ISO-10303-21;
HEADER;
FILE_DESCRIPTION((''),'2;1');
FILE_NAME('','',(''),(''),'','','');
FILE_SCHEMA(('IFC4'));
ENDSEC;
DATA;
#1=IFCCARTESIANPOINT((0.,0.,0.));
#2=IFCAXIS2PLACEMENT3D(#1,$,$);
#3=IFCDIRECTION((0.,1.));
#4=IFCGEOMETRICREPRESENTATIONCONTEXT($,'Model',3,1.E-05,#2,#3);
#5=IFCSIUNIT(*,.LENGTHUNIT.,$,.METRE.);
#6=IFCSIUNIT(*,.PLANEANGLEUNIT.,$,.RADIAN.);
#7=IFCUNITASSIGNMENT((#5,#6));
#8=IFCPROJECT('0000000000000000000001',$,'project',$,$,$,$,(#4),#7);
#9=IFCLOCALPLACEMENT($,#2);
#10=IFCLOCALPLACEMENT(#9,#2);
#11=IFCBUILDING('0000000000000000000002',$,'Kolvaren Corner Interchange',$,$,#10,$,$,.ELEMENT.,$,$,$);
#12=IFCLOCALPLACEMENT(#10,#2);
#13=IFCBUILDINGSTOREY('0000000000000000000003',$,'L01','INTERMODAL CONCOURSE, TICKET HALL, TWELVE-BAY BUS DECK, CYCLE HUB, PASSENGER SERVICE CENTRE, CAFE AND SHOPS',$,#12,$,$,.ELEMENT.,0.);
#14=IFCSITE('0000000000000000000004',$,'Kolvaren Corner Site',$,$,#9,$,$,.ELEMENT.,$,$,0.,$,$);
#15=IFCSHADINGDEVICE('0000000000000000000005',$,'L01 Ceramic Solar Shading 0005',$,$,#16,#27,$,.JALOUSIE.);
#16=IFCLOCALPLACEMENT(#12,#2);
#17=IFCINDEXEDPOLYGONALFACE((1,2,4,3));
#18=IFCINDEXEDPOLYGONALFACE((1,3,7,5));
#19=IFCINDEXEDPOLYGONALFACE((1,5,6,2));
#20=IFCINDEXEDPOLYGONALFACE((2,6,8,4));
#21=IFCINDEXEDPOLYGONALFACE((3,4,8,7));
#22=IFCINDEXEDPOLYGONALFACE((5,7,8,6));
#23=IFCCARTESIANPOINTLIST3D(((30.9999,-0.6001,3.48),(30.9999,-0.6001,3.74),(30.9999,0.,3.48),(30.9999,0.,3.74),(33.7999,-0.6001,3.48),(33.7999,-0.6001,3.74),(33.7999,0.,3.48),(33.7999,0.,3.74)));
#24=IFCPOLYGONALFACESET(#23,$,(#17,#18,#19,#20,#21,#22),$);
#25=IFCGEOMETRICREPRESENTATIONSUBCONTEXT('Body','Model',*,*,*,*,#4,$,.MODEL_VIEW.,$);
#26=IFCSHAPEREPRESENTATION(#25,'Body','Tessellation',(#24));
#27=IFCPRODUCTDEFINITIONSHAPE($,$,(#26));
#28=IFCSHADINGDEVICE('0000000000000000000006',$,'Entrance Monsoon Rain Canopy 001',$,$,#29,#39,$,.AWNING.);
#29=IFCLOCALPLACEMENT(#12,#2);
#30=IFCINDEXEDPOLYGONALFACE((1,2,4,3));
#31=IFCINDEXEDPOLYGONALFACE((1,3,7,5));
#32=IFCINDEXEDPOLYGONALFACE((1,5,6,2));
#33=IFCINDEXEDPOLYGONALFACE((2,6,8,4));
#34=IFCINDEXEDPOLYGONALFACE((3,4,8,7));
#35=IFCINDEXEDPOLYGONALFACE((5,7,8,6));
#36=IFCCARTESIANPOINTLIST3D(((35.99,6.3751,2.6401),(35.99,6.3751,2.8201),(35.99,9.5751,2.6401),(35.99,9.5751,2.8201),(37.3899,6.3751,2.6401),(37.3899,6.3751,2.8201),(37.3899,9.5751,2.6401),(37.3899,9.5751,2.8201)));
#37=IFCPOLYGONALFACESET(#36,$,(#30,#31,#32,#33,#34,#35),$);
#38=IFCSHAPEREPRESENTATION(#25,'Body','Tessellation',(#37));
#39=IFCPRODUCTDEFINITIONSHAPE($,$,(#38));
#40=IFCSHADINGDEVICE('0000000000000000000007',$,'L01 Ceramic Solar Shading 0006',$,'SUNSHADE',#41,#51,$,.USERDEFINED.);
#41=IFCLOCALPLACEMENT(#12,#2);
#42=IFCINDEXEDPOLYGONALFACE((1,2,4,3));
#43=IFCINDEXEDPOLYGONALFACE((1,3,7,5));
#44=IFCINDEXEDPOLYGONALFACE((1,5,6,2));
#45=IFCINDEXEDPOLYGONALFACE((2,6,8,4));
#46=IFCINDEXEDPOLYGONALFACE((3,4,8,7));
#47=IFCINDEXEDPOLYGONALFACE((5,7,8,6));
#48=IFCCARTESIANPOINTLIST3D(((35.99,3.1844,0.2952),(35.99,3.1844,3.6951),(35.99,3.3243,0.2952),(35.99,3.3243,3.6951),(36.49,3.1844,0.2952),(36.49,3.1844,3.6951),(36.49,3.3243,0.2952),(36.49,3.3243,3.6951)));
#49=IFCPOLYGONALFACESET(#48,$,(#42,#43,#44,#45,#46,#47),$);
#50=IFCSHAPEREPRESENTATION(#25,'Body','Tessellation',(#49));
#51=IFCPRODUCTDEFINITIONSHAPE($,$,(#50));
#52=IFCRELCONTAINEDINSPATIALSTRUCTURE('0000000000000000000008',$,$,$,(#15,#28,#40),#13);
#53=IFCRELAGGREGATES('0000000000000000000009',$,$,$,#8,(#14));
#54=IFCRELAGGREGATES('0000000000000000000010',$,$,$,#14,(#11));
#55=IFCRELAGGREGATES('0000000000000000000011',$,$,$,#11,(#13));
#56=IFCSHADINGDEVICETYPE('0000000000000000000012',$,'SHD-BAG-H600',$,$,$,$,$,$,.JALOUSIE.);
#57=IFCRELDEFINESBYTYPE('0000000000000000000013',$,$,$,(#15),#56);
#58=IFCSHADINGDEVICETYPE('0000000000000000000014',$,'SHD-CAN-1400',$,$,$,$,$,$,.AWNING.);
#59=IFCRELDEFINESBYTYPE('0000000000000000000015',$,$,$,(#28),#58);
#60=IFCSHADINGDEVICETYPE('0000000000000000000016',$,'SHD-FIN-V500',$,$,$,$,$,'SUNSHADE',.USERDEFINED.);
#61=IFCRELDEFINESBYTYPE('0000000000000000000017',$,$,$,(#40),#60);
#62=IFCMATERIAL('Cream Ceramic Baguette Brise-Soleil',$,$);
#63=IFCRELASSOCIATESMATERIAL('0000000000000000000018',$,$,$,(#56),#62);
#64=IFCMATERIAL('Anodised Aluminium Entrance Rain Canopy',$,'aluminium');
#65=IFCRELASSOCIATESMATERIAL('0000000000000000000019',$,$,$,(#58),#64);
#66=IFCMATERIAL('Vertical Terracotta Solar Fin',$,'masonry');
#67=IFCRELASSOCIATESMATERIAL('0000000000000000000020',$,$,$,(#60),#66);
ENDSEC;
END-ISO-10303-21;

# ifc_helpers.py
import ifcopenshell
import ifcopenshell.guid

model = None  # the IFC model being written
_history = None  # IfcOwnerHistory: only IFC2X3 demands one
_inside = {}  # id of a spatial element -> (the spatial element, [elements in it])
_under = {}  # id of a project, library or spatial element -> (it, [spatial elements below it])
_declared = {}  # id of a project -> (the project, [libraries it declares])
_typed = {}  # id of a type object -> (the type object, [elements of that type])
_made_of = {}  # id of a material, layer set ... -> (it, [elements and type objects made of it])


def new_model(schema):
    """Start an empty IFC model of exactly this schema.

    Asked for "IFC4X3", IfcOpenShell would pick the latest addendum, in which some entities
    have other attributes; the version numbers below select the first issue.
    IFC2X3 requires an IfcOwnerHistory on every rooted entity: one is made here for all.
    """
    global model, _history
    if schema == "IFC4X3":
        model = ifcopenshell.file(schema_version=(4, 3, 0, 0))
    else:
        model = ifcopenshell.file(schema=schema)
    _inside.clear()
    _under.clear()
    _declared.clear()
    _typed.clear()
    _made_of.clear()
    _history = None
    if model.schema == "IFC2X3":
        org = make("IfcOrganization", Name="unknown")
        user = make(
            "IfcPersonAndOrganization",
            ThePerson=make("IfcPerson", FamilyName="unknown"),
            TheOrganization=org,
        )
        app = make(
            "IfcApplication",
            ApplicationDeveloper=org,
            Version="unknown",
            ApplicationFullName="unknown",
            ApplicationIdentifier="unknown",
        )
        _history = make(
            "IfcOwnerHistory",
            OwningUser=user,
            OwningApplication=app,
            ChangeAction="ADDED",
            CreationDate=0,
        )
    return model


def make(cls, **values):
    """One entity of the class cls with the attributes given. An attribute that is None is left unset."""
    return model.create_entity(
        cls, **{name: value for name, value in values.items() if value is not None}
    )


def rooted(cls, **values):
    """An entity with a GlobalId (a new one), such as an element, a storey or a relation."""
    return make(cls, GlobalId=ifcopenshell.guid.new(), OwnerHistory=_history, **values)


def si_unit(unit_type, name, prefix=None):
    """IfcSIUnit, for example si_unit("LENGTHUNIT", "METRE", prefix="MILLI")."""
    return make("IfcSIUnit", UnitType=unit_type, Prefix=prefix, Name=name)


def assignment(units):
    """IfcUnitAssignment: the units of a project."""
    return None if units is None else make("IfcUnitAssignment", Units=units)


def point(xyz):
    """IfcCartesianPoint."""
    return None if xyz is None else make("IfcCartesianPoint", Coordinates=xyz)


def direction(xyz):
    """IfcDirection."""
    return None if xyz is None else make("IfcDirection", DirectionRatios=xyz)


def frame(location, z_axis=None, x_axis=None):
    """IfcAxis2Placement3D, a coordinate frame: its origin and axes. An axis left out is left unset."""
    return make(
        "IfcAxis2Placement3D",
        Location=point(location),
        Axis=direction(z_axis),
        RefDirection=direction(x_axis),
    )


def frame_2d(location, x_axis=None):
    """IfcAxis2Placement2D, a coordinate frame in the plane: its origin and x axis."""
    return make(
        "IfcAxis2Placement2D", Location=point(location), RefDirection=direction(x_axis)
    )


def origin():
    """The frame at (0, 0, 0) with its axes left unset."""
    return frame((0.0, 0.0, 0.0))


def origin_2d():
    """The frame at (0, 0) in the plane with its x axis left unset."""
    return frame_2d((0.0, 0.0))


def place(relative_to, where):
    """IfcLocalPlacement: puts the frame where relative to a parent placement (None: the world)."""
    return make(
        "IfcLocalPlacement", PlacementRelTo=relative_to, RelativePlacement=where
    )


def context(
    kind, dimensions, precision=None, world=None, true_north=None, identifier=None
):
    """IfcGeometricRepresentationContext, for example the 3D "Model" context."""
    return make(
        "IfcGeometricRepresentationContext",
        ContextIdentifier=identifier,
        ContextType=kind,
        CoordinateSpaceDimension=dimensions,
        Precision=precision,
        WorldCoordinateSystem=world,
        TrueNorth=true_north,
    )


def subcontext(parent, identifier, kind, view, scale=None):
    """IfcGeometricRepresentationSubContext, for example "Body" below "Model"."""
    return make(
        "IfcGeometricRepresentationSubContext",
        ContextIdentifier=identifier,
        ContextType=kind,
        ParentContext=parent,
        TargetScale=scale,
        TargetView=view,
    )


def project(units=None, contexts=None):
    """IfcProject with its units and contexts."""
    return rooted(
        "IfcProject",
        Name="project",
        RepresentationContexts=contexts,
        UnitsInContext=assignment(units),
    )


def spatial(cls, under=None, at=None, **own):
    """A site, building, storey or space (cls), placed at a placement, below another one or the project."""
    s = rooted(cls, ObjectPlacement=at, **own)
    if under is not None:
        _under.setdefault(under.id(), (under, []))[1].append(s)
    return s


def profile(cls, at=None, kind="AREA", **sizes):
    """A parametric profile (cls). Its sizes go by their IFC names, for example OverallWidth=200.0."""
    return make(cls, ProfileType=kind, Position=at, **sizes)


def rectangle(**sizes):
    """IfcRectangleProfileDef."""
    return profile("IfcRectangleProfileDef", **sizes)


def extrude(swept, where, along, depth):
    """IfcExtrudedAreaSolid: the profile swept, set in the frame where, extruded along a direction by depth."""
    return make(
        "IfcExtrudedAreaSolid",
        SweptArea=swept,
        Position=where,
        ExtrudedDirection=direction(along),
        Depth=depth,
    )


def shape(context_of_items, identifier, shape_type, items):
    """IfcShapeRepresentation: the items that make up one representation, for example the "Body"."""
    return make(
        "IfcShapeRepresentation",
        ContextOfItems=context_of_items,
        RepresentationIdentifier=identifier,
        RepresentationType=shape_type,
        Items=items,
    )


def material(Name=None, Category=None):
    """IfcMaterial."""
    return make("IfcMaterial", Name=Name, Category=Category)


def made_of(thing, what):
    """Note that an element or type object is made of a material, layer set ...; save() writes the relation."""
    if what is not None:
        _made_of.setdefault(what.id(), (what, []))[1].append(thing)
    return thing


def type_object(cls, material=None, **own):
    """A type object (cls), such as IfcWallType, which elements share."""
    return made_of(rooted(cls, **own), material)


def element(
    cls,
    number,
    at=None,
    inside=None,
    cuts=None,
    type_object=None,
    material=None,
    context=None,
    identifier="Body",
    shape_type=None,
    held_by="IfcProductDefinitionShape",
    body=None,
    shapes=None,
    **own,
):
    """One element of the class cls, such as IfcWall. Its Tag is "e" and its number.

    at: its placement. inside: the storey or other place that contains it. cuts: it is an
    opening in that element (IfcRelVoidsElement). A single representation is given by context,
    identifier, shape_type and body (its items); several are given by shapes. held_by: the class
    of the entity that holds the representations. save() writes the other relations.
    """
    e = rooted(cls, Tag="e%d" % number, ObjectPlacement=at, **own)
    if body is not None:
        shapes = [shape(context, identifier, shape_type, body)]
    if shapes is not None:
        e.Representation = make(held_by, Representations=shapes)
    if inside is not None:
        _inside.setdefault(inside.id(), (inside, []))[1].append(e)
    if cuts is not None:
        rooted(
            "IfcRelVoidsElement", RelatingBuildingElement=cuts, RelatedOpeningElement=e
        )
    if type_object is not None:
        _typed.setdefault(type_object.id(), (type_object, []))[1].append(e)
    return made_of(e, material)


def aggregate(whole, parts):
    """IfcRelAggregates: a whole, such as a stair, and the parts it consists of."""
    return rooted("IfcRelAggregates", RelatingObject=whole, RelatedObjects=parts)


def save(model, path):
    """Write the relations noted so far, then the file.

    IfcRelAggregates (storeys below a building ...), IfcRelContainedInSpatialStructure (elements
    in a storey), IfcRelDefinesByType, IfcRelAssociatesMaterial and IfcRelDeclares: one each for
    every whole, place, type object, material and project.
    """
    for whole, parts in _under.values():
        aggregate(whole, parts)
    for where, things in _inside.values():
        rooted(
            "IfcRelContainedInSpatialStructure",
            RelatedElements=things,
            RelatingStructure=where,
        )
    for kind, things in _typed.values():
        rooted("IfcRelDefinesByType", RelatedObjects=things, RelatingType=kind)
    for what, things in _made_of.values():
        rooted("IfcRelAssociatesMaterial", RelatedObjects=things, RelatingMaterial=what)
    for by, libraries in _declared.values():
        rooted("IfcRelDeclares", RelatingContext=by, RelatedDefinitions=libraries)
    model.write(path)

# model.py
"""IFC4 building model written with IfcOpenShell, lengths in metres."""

from ifc_helpers import new_model, si_unit, direction, frame, origin, origin_2d, place, context, subcontext, project, spatial, rectangle, extrude, material, type_object, element, save


model = new_model("IFC4")

# Units and contexts
model_context = context("Model", 3, precision=1e-05, world=origin(), true_north=direction((0.0, 1.0)))
body_context = subcontext(model_context, "Body", "Model", "MODEL_VIEW")
ifc_project = project(units=[si_unit("LENGTHUNIT", "METRE"), si_unit("PLANEANGLEUNIT", "RADIAN")], contexts=[model_context])

# Site, building, storey
site_placement = place(None, origin())
site = spatial("IfcSite", under=ifc_project, at=site_placement, Name="Kolvaren Corner Site", CompositionType="ELEMENT", RefElevation=0.0)
building_placement = place(site_placement, origin())
building = spatial("IfcBuilding", under=site, at=building_placement, Name="Kolvaren Corner Interchange", CompositionType="ELEMENT")
storey_placement = place(building_placement, origin())
storey = spatial("IfcBuildingStorey", under=building, at=storey_placement, Name="L01", Description="INTERMODAL CONCOURSE, TICKET HALL, TWELVE-BAY BUS DECK, CYCLE HUB, PASSENGER SERVICE CENTRE, CAFE AND SHOPS", CompositionType="ELEMENT", Elevation=0.0)

# Shading devices
ifc_material_1 = material(Name="Cream Ceramic Baguette Brise-Soleil")
shading_device_type_1 = type_object("IfcShadingDeviceType", Name="SHD-BAG-H600", PredefinedType="JALOUSIE", material=ifc_material_1)
shading_device_1_placement = place(storey_placement, frame((32.3999, -0.3, 3.48), z_axis=(0.0, 0.0, 1.0), x_axis=(1.0, 0.0, 0.0)))
element("IfcShadingDevice", 1, at=shading_device_1_placement, inside=storey, type_object=shading_device_type_1, Name="L01 Ceramic Solar Shading 0005", PredefinedType="JALOUSIE", context=body_context, shape_type="SweptSolid", body=[
    extrude(rectangle(XDim=2.8, YDim=0.6001, at=origin_2d()), origin(), (0.0, 0.0, 1.0), 0.26),
])
ifc_material_2 = material(Name="Anodised Aluminium Entrance Rain Canopy", Category="aluminium")
shading_device_type_2 = type_object("IfcShadingDeviceType", Name="SHD-CAN-1400", PredefinedType="AWNING", material=ifc_material_2)
shading_device_2_placement = place(storey_placement, frame((36.6899, 7.9751, 2.6401), z_axis=(0.0, 0.0, 1.0), x_axis=(0.0, 1.0, 0.0)))
element("IfcShadingDevice", 2, at=shading_device_2_placement, inside=storey, type_object=shading_device_type_2, Name="Entrance Monsoon Rain Canopy 001", PredefinedType="AWNING", context=body_context, shape_type="SweptSolid", body=[
    extrude(rectangle(XDim=3.2, YDim=1.3999, at=origin_2d()), origin(), (0.0, 0.0, 1.0), 0.1799),
])
ifc_material_3 = material(Name="Vertical Terracotta Solar Fin", Category="masonry")
shading_device_type_3 = type_object("IfcShadingDeviceType", Name="SHD-FIN-V500", ElementType="SUNSHADE", PredefinedType="USERDEFINED", material=ifc_material_3)
shading_device_3_placement = place(storey_placement, frame((36.24, 3.2544, 0.2952), z_axis=(0.0, 0.0, 1.0), x_axis=(0.0, 1.0, 0.0)))
element("IfcShadingDevice", 3, at=shading_device_3_placement, inside=storey, type_object=shading_device_type_3, Name="L01 Ceramic Solar Shading 0006", ObjectType="SUNSHADE", PredefinedType="USERDEFINED", context=body_context, shape_type="SweptSolid", body=[
    extrude(rectangle(XDim=0.1399, YDim=0.5, at=origin_2d()), origin(), (0.0, 0.0, 1.0), 3.3999),
])

save(model, "model.ifc")
